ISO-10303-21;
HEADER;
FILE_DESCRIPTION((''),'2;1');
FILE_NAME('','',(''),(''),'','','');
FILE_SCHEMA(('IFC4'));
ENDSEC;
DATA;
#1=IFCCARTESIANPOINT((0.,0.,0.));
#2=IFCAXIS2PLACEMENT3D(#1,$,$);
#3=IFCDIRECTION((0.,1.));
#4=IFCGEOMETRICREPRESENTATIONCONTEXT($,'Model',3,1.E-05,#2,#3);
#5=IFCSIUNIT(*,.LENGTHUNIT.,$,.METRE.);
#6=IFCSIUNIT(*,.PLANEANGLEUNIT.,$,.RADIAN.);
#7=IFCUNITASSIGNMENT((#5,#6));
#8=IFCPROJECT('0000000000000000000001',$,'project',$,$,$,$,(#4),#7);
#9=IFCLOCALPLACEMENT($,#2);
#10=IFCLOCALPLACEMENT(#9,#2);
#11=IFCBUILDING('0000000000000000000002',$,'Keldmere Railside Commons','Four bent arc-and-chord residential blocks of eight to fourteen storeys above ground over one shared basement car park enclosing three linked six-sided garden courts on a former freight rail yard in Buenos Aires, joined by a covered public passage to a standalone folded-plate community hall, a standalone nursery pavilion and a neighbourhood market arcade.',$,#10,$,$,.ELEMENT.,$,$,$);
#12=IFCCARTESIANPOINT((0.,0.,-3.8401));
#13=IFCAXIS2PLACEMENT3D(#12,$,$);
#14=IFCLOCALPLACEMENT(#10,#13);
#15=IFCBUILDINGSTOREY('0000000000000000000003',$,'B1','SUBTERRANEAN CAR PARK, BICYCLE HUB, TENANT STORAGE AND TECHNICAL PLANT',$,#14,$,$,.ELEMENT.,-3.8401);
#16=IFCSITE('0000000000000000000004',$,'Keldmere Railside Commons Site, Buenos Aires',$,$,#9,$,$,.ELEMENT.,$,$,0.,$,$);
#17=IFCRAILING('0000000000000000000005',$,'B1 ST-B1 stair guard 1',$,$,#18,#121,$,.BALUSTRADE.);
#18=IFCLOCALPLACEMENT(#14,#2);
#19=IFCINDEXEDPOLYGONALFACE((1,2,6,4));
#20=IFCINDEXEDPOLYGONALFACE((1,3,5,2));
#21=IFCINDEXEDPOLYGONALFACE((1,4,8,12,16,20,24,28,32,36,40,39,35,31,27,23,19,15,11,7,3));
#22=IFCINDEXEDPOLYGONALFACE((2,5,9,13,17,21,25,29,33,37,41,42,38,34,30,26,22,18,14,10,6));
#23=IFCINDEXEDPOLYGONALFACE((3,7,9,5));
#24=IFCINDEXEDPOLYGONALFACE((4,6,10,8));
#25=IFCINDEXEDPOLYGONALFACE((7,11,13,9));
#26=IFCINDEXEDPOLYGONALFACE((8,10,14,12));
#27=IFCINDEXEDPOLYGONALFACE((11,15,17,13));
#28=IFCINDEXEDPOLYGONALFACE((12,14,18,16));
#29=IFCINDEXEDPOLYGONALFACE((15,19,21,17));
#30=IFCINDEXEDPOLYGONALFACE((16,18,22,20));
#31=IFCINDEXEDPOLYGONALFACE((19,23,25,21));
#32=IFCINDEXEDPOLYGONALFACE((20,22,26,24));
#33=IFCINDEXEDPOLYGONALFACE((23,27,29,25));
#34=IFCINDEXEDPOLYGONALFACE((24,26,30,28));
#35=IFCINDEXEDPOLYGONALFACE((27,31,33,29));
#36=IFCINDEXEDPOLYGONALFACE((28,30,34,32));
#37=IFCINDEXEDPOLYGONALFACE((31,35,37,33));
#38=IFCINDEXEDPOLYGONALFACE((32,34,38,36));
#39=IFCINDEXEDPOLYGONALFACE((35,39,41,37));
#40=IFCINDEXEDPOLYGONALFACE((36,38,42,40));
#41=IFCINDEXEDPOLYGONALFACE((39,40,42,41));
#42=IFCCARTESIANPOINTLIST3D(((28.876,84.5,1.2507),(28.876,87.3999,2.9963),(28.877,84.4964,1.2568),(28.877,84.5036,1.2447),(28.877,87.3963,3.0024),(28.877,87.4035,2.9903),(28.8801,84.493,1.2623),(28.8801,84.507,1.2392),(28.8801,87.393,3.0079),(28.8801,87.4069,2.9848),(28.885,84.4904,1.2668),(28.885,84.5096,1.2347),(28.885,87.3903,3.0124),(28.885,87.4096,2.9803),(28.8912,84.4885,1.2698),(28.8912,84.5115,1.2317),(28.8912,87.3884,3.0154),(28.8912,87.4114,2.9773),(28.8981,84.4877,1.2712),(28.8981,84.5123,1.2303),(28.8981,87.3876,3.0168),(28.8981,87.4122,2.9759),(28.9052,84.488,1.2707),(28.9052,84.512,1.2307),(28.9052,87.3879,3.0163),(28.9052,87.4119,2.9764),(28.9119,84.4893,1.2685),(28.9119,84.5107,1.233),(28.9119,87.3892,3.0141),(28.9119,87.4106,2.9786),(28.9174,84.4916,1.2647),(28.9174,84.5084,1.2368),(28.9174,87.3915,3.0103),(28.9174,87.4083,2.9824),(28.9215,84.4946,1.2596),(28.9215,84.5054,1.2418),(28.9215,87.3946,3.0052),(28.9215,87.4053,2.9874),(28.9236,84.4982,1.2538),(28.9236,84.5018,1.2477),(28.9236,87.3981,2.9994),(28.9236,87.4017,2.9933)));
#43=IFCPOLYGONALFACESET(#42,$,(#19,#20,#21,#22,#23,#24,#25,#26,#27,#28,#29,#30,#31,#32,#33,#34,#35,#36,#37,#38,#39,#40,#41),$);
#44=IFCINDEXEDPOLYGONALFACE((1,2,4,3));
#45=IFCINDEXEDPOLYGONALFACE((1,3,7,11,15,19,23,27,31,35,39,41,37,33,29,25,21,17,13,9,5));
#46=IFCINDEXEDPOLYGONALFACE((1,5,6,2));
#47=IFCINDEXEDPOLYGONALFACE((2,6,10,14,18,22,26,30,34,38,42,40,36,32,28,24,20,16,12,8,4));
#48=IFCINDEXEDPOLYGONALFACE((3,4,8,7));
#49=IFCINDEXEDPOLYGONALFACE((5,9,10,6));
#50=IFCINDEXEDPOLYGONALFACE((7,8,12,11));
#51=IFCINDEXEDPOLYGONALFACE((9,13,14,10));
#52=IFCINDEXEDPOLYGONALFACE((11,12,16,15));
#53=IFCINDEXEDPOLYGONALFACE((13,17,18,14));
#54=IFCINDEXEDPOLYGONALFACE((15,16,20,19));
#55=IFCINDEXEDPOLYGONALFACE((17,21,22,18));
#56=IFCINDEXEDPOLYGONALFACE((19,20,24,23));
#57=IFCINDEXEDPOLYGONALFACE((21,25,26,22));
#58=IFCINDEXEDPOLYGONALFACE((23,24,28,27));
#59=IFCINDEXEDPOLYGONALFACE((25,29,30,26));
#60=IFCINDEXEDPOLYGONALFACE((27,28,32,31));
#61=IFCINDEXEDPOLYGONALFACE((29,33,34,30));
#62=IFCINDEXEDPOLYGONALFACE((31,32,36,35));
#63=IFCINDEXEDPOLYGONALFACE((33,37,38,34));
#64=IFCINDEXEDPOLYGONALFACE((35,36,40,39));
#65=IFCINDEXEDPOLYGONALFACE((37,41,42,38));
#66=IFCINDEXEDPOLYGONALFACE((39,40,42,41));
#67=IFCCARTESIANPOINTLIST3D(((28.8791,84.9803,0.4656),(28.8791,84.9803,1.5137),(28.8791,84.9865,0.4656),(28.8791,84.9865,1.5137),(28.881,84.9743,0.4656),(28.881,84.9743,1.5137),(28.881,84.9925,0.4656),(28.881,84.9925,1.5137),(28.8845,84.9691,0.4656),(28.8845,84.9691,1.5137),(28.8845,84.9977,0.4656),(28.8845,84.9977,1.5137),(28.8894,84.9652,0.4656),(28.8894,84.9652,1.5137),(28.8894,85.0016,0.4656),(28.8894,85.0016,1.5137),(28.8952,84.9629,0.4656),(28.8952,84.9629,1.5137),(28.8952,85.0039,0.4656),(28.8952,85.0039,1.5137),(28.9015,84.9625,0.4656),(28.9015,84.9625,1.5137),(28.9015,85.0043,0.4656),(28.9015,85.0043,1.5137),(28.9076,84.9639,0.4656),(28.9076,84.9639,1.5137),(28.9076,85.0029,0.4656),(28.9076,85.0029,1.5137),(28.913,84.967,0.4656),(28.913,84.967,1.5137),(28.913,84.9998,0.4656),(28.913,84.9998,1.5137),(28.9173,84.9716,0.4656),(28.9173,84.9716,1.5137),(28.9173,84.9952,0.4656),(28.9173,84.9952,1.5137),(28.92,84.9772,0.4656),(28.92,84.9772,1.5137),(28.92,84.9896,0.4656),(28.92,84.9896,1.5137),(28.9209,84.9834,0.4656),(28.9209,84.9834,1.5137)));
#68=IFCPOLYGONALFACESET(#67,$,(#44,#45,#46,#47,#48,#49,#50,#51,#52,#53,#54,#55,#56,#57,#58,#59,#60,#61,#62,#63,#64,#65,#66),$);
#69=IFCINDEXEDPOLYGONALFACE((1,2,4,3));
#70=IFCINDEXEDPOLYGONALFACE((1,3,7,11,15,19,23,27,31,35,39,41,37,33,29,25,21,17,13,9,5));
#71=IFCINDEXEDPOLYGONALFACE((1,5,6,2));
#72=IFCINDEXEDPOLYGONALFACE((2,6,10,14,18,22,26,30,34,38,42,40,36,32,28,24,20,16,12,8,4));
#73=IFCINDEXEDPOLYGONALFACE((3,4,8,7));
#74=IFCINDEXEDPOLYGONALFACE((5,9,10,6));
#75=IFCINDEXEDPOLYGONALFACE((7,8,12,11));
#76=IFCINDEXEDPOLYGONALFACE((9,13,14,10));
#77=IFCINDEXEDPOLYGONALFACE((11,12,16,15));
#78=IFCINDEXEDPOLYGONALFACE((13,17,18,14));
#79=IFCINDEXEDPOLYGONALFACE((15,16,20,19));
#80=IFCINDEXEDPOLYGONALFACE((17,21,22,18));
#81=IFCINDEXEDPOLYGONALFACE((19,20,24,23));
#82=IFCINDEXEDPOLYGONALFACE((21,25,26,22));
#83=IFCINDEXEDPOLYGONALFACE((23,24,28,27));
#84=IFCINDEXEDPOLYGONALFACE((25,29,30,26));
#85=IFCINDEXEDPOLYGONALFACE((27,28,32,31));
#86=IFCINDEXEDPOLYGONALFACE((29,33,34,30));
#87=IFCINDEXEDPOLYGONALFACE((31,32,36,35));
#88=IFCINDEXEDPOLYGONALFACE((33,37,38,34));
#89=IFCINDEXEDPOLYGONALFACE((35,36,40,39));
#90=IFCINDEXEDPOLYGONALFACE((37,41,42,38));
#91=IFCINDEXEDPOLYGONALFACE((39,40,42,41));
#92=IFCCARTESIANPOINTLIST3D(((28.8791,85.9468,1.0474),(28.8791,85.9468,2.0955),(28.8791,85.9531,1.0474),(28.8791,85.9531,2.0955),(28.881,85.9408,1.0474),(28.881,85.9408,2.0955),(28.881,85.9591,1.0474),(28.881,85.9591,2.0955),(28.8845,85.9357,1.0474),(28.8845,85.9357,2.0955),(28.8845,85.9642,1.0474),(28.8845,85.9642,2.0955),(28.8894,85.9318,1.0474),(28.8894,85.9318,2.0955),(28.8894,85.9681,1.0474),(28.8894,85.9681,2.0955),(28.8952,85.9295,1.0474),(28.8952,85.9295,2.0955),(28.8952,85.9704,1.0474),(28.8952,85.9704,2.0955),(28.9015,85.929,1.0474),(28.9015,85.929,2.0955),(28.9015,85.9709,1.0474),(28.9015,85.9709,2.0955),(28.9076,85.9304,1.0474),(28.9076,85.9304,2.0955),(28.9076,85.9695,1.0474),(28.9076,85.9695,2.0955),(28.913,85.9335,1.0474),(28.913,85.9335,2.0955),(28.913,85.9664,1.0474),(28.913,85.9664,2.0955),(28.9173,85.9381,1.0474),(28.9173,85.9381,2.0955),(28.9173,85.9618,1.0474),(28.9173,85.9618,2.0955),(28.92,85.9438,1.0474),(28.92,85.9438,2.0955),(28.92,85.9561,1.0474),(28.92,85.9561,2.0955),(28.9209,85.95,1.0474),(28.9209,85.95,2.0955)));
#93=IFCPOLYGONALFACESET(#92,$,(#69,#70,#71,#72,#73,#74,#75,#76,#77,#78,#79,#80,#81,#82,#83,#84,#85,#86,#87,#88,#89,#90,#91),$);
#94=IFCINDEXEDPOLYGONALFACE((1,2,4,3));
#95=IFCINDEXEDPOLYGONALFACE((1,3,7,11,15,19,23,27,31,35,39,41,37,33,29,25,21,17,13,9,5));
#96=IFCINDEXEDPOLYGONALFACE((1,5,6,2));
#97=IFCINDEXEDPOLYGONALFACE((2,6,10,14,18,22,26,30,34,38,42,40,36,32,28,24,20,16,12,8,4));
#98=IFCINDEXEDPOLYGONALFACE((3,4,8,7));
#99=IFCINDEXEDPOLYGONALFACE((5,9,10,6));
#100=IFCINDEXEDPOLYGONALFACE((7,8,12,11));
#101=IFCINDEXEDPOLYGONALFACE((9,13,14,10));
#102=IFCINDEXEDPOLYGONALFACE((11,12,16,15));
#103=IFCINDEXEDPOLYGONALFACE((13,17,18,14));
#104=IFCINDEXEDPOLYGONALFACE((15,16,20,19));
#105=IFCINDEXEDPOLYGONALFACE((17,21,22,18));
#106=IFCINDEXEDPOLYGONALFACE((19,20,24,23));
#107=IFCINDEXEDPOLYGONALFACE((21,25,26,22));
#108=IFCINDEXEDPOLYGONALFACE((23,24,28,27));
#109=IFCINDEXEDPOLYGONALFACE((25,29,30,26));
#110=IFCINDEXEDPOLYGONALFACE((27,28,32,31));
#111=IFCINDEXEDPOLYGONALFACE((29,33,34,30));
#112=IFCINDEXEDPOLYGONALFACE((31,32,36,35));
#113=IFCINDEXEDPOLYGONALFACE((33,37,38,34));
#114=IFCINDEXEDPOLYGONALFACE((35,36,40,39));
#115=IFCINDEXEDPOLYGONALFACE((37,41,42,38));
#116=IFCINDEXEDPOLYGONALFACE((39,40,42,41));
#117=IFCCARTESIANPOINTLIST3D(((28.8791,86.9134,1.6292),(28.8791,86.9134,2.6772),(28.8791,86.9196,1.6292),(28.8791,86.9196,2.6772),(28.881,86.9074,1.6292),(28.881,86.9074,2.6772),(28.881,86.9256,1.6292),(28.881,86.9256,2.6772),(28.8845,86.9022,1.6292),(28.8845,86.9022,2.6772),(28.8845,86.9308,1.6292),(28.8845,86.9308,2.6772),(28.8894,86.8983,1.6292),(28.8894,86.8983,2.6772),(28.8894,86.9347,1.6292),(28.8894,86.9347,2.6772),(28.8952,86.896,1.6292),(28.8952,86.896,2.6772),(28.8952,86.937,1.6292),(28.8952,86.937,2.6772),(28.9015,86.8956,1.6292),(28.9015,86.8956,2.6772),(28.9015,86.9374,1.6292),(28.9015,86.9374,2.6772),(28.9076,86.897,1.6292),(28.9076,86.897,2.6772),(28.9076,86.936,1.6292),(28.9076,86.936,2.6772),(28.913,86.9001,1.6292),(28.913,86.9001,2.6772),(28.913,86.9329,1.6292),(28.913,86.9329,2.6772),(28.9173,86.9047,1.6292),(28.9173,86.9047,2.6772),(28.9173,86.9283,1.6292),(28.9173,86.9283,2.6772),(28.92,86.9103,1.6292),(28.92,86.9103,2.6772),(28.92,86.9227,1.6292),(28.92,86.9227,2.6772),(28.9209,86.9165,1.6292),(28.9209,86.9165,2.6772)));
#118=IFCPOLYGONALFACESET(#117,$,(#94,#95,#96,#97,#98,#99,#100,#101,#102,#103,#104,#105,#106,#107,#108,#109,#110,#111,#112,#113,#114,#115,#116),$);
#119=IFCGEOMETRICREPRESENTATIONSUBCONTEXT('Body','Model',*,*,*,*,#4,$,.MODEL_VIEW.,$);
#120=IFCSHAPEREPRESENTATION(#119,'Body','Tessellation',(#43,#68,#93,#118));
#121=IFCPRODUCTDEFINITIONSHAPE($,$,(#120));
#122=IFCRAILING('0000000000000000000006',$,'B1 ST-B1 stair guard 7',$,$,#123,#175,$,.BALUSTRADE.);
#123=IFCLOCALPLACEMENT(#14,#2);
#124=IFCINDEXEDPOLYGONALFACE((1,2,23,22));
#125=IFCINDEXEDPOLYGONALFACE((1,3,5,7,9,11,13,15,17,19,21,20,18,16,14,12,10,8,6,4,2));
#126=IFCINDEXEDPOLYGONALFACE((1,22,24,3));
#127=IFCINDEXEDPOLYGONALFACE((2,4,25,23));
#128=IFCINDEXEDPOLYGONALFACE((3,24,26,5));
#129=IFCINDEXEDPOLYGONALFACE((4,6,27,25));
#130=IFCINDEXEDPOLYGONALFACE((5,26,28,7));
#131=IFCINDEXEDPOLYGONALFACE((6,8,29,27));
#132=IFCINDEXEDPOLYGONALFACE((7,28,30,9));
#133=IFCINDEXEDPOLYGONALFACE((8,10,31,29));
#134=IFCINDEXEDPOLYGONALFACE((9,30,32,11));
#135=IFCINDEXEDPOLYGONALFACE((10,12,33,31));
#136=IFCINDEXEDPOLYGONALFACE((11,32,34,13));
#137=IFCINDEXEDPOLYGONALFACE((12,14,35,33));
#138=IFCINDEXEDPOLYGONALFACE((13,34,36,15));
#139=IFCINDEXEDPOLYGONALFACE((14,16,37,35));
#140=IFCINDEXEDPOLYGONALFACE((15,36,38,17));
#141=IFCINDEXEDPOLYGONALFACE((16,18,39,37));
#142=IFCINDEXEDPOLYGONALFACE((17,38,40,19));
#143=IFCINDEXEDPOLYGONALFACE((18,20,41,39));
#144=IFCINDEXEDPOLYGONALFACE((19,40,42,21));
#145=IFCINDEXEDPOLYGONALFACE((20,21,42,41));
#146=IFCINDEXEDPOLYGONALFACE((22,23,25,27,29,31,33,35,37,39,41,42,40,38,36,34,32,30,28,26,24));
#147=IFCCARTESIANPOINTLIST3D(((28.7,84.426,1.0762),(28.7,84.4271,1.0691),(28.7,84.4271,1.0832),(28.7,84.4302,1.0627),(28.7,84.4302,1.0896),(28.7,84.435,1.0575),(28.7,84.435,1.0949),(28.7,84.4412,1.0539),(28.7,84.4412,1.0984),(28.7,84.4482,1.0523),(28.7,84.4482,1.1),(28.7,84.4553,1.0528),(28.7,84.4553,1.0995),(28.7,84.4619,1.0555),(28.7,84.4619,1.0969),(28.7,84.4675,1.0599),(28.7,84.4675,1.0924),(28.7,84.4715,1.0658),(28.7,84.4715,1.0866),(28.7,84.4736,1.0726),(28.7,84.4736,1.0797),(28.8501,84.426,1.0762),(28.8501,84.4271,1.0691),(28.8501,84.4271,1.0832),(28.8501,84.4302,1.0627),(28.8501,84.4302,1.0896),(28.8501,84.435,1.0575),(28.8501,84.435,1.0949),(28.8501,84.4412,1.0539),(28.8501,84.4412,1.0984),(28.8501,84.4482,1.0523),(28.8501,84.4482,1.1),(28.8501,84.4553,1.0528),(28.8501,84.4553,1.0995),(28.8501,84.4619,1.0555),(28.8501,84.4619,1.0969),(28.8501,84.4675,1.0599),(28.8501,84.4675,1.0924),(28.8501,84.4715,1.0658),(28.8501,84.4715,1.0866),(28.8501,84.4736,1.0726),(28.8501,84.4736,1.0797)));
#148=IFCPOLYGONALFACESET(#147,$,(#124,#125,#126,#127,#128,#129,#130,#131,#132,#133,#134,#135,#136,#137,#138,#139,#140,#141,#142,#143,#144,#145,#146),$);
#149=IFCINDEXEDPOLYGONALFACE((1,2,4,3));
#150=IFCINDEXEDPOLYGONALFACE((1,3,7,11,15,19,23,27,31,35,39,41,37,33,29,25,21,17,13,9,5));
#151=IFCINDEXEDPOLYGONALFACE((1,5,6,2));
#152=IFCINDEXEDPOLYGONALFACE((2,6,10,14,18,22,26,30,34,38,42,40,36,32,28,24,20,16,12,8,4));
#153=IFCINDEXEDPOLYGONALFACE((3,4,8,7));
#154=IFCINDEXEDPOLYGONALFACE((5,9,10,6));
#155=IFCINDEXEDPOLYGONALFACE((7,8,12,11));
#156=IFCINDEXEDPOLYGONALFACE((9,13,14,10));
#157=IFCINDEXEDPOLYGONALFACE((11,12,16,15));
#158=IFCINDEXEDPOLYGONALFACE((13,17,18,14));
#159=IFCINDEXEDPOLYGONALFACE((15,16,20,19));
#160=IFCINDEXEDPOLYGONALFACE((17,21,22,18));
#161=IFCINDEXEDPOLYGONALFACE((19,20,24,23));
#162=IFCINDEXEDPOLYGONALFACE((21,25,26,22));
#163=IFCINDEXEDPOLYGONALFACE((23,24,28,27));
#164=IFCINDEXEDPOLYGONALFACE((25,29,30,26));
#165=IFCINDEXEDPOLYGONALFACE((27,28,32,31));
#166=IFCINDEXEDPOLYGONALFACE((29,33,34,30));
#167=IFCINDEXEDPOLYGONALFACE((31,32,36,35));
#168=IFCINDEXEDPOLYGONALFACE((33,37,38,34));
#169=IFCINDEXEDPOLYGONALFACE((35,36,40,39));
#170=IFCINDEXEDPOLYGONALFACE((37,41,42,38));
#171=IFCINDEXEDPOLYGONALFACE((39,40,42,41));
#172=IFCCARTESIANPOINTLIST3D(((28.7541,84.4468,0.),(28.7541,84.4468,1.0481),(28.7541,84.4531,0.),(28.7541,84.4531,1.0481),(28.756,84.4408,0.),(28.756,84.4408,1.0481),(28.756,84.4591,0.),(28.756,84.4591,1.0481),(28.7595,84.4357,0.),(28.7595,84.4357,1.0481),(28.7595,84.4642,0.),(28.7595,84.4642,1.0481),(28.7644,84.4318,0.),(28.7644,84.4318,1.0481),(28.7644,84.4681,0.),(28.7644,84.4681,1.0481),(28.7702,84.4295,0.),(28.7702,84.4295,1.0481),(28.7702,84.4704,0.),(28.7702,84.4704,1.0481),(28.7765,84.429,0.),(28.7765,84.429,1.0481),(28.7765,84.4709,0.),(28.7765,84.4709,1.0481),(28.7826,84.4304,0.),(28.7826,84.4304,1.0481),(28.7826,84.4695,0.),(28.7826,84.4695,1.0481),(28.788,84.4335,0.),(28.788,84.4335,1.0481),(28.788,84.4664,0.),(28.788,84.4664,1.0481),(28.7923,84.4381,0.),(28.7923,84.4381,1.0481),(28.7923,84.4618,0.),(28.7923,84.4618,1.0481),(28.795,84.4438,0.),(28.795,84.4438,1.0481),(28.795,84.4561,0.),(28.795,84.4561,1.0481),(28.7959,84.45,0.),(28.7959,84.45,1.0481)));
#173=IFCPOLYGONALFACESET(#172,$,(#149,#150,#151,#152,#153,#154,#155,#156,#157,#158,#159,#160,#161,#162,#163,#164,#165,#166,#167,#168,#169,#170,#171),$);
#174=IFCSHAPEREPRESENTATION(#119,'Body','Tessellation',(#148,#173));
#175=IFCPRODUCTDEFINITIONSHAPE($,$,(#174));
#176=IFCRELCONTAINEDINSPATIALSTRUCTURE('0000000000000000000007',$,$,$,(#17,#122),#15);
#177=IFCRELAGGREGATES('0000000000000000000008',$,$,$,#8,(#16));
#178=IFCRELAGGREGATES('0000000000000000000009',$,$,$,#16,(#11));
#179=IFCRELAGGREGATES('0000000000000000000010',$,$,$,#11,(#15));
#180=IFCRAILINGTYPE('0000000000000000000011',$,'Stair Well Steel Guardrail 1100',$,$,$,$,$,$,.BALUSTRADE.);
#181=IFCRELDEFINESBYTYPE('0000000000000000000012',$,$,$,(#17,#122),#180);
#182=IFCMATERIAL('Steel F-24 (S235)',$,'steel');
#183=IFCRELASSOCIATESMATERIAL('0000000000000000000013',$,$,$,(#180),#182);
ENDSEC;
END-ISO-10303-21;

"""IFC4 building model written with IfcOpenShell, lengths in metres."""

from ifc_helpers import new_model, si_unit, direction, frame, origin, origin_2d, place, context, subcontext, project, spatial, circle, extrude, material, type_object, element, save


model = new_model("IFC4")

# Units and contexts
model_context = context("Model", 3, precision=1e-05, world=origin(), true_north=direction((0.0, 1.0)))
body_context = subcontext(model_context, "Body", "Model", "MODEL_VIEW")
ifc_project = project(units=[si_unit("LENGTHUNIT", "METRE"), si_unit("PLANEANGLEUNIT", "RADIAN")], contexts=[model_context])

# Site, building, storey
site_placement = place(None, origin())
site = spatial("IfcSite", under=ifc_project, at=site_placement, Name="Keldmere Railside Commons Site, Buenos Aires", CompositionType="ELEMENT", RefElevation=0.0)
building_placement = place(site_placement, origin())
building = spatial("IfcBuilding", under=site, at=building_placement, Name="Keldmere Railside Commons", Description="Four bent arc-and-chord residential blocks of eight to fourteen storeys above ground over one shared basement car park enclosing three linked six-sided garden courts on a former freight rail yard in Buenos Aires, joined by a covered public passage to a standalone folded-plate community hall, a standalone nursery pavilion and a neighbourhood market arcade.", CompositionType="ELEMENT")
storey_placement = place(building_placement, frame((0.0, 0.0, -3.8401)))
storey = spatial("IfcBuildingStorey", under=building, at=storey_placement, Name="B1", Description="SUBTERRANEAN CAR PARK, BICYCLE HUB, TENANT STORAGE AND TECHNICAL PLANT", CompositionType="ELEMENT", Elevation=-3.8401)

# Shared definitions
ifc_material_1 = material(Name="Steel F-24 (S235)", Category="steel")

# Railings
railing_type = type_object("IfcRailingType", Name="Stair Well Steel Guardrail 1100", PredefinedType="BALUSTRADE", material=ifc_material_1)
railing_1_placement = place(storey_placement, frame((28.8999, 84.5, 0.1746)))
element("IfcRailing", 1, at=railing_1_placement, inside=storey, type_object=railing_type, Name="B1 ST-B1 stair guard 1", PredefinedType="BALUSTRADE", context=body_context, shape_type="SweptSolid", body=[
    extrude(circle(Radius=0.0239, at=origin_2d()), frame((0.0, 0.0, 1.0762), z_axis=(0.0, 0.856754, 0.515726), x_axis=(-1.0, 0.0, 0.0)), (0.0, 0.0, 1.0), 3.3848),
    extrude(circle(Radius=0.021, at=origin_2d()), frame((0.0, 0.4834, 0.291)), (0.0, 0.0, 1.0), 1.0481),
    extrude(circle(Radius=0.021, at=origin_2d()), frame((0.0, 1.45, 0.8728)), (0.0, 0.0, 1.0), 1.0481),
    extrude(circle(Radius=0.021, at=origin_2d()), frame((0.0, 2.4165, 1.4546)), (0.0, 0.0, 1.0), 1.0481),
])
railing_2_placement = place(storey_placement, frame((28.8501, 84.45, 0.0)))
element("IfcRailing", 2, at=railing_2_placement, inside=storey, type_object=railing_type, Name="B1 ST-B1 stair guard 7", PredefinedType="BALUSTRADE", context=body_context, shape_type="SweptSolid", body=[
    extrude(circle(Radius=0.0239, at=origin_2d()), frame((0.0, 0.0, 1.0762), z_axis=(-1.0, 0.0, 0.0), x_axis=(0.0, -1.0, 0.0)), (0.0, 0.0, 1.0), 0.1501),
    extrude(circle(Radius=0.021, at=origin_2d()), frame((-0.0752, 0.0, 0.0)), (0.0, 0.0, 1.0), 1.0481),
])

save(model, "model.ifc")
